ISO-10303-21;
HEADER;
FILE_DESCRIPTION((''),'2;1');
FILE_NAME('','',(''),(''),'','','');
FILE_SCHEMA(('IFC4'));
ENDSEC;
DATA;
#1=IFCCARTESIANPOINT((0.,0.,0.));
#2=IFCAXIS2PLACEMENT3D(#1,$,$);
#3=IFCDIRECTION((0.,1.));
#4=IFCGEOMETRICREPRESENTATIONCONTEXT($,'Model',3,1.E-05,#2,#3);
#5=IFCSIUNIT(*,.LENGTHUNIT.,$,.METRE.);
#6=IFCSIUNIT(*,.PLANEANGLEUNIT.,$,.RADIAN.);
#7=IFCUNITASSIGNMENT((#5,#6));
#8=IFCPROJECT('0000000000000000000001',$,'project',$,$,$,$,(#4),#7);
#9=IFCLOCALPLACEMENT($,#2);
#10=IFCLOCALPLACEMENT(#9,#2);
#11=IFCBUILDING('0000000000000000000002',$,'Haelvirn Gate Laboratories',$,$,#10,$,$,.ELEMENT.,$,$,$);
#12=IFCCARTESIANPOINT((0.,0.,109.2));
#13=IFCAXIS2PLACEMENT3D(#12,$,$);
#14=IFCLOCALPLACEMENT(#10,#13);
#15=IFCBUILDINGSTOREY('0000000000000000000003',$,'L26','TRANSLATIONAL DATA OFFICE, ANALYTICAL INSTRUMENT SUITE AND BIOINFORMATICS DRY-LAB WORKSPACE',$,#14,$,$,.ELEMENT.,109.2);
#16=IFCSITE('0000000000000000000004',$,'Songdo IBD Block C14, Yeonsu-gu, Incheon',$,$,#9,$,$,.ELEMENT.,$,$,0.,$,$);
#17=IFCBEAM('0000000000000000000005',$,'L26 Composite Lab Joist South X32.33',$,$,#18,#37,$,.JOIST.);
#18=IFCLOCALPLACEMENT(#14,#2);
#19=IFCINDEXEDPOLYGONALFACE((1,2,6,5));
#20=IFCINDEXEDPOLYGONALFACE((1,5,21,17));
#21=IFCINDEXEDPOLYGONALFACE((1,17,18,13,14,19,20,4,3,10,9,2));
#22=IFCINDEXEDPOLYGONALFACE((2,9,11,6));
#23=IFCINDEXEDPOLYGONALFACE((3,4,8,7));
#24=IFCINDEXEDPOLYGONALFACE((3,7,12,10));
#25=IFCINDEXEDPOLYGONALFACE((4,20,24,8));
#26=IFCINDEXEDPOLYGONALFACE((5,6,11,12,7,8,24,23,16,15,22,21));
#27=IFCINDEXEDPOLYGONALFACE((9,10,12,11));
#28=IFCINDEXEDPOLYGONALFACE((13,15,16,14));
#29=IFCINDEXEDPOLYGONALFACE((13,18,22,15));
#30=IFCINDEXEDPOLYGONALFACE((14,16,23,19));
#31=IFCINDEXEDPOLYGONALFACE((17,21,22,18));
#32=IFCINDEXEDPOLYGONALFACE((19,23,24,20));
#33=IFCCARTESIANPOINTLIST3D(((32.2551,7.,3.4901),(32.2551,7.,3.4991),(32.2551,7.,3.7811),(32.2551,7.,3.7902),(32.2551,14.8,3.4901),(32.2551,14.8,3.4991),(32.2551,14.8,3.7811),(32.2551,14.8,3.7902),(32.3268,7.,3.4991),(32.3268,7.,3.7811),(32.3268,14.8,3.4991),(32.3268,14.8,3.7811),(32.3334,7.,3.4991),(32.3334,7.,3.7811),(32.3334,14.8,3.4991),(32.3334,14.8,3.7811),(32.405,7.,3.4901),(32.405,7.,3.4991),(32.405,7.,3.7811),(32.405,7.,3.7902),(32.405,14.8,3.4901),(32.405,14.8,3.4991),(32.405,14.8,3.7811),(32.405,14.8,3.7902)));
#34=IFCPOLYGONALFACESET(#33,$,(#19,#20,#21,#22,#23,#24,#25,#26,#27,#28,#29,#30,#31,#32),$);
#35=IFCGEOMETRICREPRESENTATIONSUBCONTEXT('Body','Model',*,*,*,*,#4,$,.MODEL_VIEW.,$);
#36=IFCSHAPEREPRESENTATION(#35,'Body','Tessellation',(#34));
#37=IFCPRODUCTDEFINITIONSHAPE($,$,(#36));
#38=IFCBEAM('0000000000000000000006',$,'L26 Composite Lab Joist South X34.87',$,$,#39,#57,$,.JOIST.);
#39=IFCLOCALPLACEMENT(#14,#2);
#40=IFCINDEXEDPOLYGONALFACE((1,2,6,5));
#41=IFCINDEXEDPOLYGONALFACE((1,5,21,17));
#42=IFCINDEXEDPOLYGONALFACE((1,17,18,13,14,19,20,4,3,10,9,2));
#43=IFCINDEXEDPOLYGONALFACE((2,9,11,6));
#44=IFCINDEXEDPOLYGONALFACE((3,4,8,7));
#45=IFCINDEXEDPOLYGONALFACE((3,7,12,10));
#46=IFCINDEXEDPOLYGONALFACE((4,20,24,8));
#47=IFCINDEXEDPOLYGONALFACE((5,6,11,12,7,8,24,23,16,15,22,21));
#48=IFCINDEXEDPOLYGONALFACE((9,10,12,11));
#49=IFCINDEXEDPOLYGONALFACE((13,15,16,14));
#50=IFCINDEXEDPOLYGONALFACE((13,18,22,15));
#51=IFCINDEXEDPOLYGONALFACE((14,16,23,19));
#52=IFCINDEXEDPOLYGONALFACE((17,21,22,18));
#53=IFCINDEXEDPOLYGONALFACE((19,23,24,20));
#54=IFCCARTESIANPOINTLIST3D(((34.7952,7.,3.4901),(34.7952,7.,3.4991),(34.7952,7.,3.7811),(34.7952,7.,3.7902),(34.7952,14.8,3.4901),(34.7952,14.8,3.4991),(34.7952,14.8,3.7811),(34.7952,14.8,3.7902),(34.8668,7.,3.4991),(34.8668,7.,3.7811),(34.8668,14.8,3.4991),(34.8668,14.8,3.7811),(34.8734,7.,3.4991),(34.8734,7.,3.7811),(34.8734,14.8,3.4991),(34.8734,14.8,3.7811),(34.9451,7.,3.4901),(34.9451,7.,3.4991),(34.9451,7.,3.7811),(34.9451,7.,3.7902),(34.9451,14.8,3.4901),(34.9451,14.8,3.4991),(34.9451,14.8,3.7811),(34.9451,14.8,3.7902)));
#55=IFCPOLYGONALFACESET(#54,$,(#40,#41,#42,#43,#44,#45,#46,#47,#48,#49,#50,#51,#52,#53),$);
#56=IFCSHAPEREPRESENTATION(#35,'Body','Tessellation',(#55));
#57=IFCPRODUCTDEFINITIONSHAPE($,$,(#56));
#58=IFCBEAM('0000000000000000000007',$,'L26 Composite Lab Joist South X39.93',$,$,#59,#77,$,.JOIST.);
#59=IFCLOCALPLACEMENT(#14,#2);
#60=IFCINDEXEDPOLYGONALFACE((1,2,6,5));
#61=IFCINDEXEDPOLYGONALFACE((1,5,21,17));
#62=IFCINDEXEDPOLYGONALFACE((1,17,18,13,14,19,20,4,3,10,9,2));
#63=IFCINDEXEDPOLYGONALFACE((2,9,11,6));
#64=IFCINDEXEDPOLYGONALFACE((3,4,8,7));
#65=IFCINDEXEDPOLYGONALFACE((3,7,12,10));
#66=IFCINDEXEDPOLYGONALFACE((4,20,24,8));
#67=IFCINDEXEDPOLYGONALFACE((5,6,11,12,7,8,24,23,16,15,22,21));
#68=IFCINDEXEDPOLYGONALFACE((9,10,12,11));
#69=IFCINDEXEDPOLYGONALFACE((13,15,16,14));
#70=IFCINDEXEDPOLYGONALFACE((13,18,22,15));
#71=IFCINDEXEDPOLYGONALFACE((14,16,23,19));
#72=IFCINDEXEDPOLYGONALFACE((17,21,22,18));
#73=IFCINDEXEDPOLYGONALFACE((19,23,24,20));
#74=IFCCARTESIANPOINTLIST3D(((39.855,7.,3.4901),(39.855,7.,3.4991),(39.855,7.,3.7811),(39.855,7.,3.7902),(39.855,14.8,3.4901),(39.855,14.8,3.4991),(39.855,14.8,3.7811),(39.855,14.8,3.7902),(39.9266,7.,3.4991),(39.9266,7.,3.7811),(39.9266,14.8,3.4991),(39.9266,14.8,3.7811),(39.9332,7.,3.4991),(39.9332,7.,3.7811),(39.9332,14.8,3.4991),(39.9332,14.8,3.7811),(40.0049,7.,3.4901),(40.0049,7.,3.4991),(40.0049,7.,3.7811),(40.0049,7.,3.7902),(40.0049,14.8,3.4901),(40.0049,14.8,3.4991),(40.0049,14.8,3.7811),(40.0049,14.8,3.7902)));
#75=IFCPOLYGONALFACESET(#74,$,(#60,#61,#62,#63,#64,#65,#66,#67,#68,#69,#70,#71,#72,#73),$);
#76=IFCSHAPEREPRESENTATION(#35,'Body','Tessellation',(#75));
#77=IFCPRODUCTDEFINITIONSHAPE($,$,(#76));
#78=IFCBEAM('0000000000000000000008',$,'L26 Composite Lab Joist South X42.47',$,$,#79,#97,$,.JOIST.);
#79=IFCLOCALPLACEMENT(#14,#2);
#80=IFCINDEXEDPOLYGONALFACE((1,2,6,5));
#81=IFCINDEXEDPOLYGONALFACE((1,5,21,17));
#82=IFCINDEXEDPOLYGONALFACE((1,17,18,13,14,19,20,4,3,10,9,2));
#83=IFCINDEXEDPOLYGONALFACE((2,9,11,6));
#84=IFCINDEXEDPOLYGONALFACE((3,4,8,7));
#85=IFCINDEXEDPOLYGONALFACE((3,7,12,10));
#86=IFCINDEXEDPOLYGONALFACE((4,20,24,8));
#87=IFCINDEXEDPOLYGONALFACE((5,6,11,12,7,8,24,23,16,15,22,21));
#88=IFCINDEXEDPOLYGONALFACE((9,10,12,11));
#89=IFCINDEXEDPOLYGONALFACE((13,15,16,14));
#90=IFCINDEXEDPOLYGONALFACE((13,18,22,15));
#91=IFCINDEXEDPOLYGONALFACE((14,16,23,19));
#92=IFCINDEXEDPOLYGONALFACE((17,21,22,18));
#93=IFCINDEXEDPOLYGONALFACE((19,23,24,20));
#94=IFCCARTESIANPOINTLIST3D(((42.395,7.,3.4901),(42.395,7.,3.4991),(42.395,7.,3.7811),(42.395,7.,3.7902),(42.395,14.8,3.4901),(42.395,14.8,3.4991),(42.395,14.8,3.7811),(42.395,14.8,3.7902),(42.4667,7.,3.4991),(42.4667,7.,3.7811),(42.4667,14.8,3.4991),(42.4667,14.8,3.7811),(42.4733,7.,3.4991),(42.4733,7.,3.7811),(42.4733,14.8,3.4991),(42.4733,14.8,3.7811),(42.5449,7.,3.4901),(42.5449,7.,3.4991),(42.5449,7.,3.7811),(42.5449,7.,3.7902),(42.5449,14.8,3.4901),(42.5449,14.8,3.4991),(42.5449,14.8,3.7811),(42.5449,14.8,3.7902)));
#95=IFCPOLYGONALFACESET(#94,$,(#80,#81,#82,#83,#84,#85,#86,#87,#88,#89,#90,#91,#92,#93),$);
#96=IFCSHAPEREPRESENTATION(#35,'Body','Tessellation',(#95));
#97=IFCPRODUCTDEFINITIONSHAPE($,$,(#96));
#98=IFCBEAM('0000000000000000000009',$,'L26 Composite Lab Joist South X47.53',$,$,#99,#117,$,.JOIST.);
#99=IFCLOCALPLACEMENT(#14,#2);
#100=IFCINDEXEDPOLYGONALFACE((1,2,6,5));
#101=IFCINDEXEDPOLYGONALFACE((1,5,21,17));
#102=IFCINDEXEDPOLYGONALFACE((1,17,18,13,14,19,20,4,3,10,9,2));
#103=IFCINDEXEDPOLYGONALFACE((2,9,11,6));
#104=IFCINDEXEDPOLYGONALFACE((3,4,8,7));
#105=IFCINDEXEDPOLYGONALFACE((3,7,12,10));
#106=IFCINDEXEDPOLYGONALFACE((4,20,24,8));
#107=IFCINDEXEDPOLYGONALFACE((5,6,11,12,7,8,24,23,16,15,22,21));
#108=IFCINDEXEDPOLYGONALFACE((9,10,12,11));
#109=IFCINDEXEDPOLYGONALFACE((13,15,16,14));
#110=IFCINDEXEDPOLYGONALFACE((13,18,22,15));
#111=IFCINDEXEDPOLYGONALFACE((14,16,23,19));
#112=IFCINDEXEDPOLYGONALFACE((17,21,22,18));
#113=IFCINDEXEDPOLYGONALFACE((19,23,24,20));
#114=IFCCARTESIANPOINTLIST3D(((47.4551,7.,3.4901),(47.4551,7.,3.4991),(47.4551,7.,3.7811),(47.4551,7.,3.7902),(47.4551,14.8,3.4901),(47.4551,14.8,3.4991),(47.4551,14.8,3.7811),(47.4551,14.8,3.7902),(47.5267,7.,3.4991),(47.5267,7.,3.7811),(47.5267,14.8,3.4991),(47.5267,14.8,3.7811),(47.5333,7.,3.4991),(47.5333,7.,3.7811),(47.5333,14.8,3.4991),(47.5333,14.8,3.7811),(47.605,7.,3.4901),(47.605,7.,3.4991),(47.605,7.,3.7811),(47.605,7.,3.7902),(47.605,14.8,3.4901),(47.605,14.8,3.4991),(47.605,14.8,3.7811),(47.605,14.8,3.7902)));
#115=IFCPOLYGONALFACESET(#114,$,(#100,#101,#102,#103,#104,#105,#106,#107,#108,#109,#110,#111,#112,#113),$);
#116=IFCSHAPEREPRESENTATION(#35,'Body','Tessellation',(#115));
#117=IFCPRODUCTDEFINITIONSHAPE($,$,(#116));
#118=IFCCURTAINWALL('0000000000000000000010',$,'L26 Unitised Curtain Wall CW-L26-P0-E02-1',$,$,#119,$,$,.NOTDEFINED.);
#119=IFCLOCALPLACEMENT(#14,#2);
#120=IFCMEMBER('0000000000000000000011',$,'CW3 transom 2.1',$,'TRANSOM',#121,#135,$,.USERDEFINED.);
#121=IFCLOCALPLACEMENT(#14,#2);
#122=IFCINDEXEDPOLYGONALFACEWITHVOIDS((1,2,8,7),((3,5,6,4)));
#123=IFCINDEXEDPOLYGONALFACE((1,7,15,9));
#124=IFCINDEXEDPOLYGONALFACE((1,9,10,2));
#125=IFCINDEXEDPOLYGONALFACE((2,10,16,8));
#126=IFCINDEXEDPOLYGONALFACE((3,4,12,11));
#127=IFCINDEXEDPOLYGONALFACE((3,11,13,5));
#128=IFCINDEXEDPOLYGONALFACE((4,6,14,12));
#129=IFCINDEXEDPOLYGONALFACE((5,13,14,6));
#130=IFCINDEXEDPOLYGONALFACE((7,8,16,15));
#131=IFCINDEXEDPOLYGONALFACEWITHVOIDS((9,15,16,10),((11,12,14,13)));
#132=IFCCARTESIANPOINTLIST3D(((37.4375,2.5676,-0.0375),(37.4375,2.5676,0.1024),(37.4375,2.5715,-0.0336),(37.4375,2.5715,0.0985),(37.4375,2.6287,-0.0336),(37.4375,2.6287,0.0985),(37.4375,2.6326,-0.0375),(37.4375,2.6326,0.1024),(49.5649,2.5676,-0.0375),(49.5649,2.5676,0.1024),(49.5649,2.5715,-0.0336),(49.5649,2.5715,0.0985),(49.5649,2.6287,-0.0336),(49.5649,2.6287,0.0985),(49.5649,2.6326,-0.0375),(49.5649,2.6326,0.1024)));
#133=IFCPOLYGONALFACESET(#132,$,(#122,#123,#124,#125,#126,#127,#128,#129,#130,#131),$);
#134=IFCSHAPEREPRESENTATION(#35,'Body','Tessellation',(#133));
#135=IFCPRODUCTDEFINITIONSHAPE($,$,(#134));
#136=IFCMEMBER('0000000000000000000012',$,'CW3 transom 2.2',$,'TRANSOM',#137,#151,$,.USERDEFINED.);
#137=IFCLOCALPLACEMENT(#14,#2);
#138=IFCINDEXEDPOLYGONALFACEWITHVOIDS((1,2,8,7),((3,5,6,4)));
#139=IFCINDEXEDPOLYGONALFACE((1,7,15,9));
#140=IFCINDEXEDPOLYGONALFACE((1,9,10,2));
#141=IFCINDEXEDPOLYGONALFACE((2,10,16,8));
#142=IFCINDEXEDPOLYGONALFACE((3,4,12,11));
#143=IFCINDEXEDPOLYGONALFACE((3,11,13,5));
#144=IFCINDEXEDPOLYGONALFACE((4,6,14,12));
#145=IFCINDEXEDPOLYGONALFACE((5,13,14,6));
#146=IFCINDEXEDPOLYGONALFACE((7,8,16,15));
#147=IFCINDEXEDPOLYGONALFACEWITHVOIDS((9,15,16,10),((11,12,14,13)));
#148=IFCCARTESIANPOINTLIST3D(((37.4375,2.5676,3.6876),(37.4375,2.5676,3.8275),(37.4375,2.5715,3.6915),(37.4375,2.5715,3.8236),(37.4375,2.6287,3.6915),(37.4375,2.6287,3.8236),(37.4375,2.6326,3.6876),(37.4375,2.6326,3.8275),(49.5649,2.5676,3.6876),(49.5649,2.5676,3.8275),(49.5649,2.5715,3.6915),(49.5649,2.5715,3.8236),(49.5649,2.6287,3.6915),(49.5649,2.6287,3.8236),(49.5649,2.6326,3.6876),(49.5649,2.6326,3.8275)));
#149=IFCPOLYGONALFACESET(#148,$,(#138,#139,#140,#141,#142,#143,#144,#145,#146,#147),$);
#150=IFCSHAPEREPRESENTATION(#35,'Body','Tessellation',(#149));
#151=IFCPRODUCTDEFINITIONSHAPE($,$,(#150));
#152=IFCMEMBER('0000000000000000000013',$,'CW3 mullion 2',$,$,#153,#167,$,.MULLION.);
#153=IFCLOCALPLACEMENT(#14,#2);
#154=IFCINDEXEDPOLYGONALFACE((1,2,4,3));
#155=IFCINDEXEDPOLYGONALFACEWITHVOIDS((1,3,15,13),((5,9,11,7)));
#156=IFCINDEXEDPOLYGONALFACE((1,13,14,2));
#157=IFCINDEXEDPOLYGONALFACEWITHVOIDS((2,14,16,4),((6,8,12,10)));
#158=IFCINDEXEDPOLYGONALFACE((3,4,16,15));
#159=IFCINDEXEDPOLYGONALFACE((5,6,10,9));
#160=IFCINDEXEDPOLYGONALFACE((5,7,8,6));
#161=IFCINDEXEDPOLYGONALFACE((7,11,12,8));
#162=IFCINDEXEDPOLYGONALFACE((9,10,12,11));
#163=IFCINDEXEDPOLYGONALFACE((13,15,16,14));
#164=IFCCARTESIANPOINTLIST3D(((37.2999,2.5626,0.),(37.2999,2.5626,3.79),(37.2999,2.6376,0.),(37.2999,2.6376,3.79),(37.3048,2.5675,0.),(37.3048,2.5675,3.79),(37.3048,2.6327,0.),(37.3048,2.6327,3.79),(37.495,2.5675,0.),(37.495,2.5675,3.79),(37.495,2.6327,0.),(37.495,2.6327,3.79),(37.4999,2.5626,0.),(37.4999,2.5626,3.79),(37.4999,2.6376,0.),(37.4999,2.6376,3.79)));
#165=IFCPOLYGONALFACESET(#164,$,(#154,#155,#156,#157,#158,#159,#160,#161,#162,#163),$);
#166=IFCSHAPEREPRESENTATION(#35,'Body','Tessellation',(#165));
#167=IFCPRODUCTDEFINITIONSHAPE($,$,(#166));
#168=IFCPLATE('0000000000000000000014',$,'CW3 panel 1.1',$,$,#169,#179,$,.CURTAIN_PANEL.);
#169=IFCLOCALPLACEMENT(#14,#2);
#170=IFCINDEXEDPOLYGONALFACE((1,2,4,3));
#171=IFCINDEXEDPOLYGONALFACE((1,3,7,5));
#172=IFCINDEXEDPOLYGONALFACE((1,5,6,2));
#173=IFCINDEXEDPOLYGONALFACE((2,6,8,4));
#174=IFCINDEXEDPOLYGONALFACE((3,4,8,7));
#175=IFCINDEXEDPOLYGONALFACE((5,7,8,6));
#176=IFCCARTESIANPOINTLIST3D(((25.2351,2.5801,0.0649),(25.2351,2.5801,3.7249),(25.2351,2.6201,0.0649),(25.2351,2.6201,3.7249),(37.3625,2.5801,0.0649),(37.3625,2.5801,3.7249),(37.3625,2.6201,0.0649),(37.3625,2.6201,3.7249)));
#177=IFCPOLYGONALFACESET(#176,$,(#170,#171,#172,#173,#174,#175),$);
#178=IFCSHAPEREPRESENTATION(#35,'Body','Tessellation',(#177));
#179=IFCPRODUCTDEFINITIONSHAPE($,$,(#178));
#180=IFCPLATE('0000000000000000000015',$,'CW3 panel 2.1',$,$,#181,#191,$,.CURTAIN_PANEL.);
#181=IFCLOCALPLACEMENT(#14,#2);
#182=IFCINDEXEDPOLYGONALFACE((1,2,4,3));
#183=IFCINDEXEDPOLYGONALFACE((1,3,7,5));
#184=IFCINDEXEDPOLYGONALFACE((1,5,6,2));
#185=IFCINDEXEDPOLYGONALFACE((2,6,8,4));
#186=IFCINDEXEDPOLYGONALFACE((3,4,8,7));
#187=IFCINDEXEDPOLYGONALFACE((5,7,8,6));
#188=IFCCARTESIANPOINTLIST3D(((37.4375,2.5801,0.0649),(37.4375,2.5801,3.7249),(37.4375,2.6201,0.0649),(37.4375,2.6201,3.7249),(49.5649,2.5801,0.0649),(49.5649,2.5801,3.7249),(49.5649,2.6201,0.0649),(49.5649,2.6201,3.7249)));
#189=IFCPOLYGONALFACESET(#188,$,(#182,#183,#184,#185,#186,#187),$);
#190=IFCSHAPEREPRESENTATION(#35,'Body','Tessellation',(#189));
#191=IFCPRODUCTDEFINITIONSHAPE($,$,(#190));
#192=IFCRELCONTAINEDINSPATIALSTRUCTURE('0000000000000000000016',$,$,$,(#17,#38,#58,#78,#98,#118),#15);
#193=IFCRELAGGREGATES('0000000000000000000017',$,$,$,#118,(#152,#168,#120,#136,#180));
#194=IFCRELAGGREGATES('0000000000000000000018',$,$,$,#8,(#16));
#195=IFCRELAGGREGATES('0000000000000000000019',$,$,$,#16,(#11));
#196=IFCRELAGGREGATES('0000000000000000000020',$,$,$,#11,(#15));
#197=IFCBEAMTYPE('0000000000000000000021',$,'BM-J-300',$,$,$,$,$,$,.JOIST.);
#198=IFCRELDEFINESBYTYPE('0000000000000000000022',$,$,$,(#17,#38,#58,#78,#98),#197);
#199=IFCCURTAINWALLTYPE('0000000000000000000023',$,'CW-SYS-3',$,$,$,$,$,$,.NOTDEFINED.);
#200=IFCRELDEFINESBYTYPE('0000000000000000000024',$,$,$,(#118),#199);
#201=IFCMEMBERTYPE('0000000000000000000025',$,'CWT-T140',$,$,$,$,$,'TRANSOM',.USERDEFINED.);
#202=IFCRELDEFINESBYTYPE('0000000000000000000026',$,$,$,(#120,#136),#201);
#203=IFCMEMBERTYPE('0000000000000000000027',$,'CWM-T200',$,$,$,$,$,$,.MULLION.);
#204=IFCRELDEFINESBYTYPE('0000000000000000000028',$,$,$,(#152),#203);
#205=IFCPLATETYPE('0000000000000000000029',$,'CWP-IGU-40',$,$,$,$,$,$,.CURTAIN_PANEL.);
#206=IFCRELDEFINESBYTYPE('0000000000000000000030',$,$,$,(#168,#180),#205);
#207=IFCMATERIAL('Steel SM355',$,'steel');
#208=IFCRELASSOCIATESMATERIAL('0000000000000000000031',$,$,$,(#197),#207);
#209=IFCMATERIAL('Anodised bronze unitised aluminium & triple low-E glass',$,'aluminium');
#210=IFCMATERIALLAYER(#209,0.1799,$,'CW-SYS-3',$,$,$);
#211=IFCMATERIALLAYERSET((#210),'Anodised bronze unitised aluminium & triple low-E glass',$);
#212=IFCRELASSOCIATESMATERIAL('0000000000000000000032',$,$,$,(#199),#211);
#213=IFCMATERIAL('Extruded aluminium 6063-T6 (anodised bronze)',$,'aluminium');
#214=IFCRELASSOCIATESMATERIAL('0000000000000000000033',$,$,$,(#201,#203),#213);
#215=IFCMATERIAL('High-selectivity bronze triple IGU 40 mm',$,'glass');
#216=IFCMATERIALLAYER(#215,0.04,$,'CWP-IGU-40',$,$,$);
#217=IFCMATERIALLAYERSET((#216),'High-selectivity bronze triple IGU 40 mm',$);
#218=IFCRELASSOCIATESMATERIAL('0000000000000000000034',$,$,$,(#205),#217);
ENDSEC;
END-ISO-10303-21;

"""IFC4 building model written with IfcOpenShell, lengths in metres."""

from ifc_helpers import new_model, si_unit, direction, frame, origin, origin_2d, place, context, subcontext, project, spatial, rectangle, hollow_rectangle, i_section, extrude, source, transform, mapped, material, layer, layer_set, material_profile, profile_set, type_object, type_shapes, element, aggregate, save


model = new_model("IFC4")

# Units and contexts
model_context = context("Model", 3, precision=1e-05, world=origin(), true_north=direction((0.0, 1.0)))
body_context = subcontext(model_context, "Body", "Model", "MODEL_VIEW")
ifc_project = project(units=[si_unit("LENGTHUNIT", "METRE"), si_unit("PLANEANGLEUNIT", "RADIAN")], contexts=[model_context])

# Site, building, storey
site_placement = place(None, origin())
site = spatial("IfcSite", under=ifc_project, at=site_placement, Name="Songdo IBD Block C14, Yeonsu-gu, Incheon", CompositionType="ELEMENT", RefElevation=0.0)
building_placement = place(site_placement, origin())
building = spatial("IfcBuilding", under=site, at=building_placement, Name="Haelvirn Gate Laboratories", CompositionType="ELEMENT")
storey_placement = place(building_placement, frame((0.0, 0.0, 109.2)))
storey = spatial("IfcBuildingStorey", under=building, at=storey_placement, Name="L26", Description="TRANSLATIONAL DATA OFFICE, ANALYTICAL INSTRUMENT SUITE AND BIOINFORMATICS DRY-LAB WORKSPACE", CompositionType="ELEMENT", Elevation=109.2)

# Shared definitions
ifc_material_1 = material(Name="Steel SM355", Category="steel")

# Beams
ifc_material_profile_1 = material_profile(ifc_material_1, i_section(OverallWidth=0.1499, OverallDepth=0.3, WebThickness=0.0066, FlangeThickness=0.009, at=origin_2d()), Name="H-300x150x6.5x9")
ifc_profile_set_1 = profile_set([ifc_material_profile_1], Name="Steel SM355")
beam_type_1 = type_object("IfcBeamType", Name="BM-J-300", PredefinedType="JOIST", material=ifc_profile_set_1)
shared_shape_1 = source(origin(), body_context, "Body", "SweptSolid", [
    extrude(i_section(OverallWidth=0.1499, OverallDepth=0.3, WebThickness=0.0066, FlangeThickness=0.009, at=origin_2d()), origin(), (0.0, 0.0, 1.0), 7.8),
])
type_shapes(beam_type_1, [shared_shape_1])
for number, where, z_axis, x_axis, name in (
    (1, (32.3301, 7.0, 3.6401), (0.0, 1.0, 0.0), (-1.0, 0.0, 0.0), "L26 Composite Lab Joist South X32.33"),
    (2, (34.8701, 7.0, 3.6401), (0.0, 1.0, 0.0), (-1.0, 0.0, 0.0), "L26 Composite Lab Joist South X34.87"),
    (3, (39.9299, 7.0, 3.6401), (0.0, 1.0, 0.0), (-1.0, 0.0, 0.0), "L26 Composite Lab Joist South X39.93"),
    (4, (42.47, 7.0, 3.6401), (0.0, 1.0, 0.0), (-1.0, 0.0, 0.0), "L26 Composite Lab Joist South X42.47"),
    (5, (47.53, 7.0, 3.6401), (0.0, 1.0, 0.0), (-1.0, 0.0, 0.0), "L26 Composite Lab Joist South X47.53"),
):
    element("IfcBeam", number, at=place(storey_placement, frame(where, z_axis=z_axis, x_axis=x_axis)), inside=storey, type_object=beam_type_1, Name=name, PredefinedType="JOIST", context=body_context, shape_type="MappedRepresentation", body=[
        mapped(shared_shape_1, transform((0.0, 0.0, 0.0), scale=1.0)),
    ])

# Curtain wall, members, plates
ifc_material_2 = material(Name="Anodised bronze unitised aluminium & triple low-E glass", Category="aluminium")
ifc_layer_1 = layer(ifc_material_2, 0.1799, Name="CW-SYS-3")
ifc_layer_set_1 = layer_set([ifc_layer_1], Name="Anodised bronze unitised aluminium & triple low-E glass")
curtain_wall_type = type_object("IfcCurtainWallType", Name="CW-SYS-3", PredefinedType="NOTDEFINED", material=ifc_layer_set_1)
curtain_wall_placement = place(storey_placement, origin())
curtain_wall = element("IfcCurtainWall", 6, at=curtain_wall_placement, inside=storey, type_object=curtain_wall_type, Name="L26 Unitised Curtain Wall CW-L26-P0-E02-1", PredefinedType="NOTDEFINED")
ifc_material_3 = material(Name="Extruded aluminium 6063-T6 (anodised bronze)", Category="aluminium")
ifc_material_profile_2 = material_profile(ifc_material_3, hollow_rectangle(XDim=0.0649, YDim=0.1399, WallThickness=0.0039, at=origin_2d()), Name="CWT-140x65x4")
ifc_profile_set_2 = profile_set([ifc_material_profile_2], Name="Extruded aluminium 6063-T6 (anodised bronze)")
member_type_1 = type_object("IfcMemberType", Name="CWT-T140", ElementType="TRANSOM", PredefinedType="USERDEFINED", material=ifc_profile_set_2)
shared_shape_2 = source(origin(), body_context, "Body", "SweptSolid", [
    extrude(hollow_rectangle(XDim=0.0649, YDim=0.1399, WallThickness=0.0039, at=origin_2d()), origin(), (0.0, 0.0, 1.0), 12.1274),
])
type_shapes(member_type_1, [shared_shape_2])
member_1_placement = place(storey_placement, frame((37.4375, 2.6001, 0.0325), z_axis=(1.0, 0.0, 0.0), x_axis=(0.0, 1.0, 0.0)))
member_1 = element("IfcMember", 7, at=member_1_placement, type_object=member_type_1, Name="CW3 transom 2.1", ObjectType="TRANSOM", PredefinedType="USERDEFINED", context=body_context, shape_type="MappedRepresentation", body=[
    mapped(shared_shape_2, transform((0.0, 0.0, 0.0), scale=1.0)),
])
member_2_placement = place(storey_placement, frame((37.4375, 2.6001, 3.7576), z_axis=(1.0, 0.0, 0.0), x_axis=(0.0, 1.0, 0.0)))
member_2 = element("IfcMember", 8, at=member_2_placement, type_object=member_type_1, Name="CW3 transom 2.2", ObjectType="TRANSOM", PredefinedType="USERDEFINED", context=body_context, shape_type="MappedRepresentation", body=[
    mapped(shared_shape_2, transform((0.0, 0.0, 0.0), scale=1.0)),
])
ifc_material_profile_3 = material_profile(ifc_material_3, hollow_rectangle(XDim=0.075, YDim=0.2, WallThickness=0.0049, at=origin_2d()), Name="CWM-200x75x5")
ifc_profile_set_3 = profile_set([ifc_material_profile_3], Name="Extruded aluminium 6063-T6 (anodised bronze)")
member_type_2 = type_object("IfcMemberType", Name="CWM-T200", PredefinedType="MULLION", material=ifc_profile_set_3)
shared_shape_3 = source(origin(), body_context, "Body", "SweptSolid", [
    extrude(hollow_rectangle(XDim=0.075, YDim=0.2, WallThickness=0.0049, at=origin_2d()), origin(), (0.0, 0.0, 1.0), 3.79),
])
type_shapes(member_type_2, [shared_shape_3])
member_3_placement = place(storey_placement, frame((37.3999, 2.6001, 0.0), z_axis=(0.0, 0.0, 1.0), x_axis=(0.0, 1.0, 0.0)))
member_3 = element("IfcMember", 9, at=member_3_placement, type_object=member_type_2, Name="CW3 mullion 2", PredefinedType="MULLION", context=body_context, shape_type="MappedRepresentation", body=[
    mapped(shared_shape_3, transform((0.0, 0.0, 0.0), scale=1.0)),
])
ifc_material_4 = material(Name="High-selectivity bronze triple IGU 40 mm", Category="glass")
ifc_layer_2 = layer(ifc_material_4, 0.04, Name="CWP-IGU-40")
ifc_layer_set_2 = layer_set([ifc_layer_2], Name="High-selectivity bronze triple IGU 40 mm")
plate_type = type_object("IfcPlateType", Name="CWP-IGU-40", PredefinedType="CURTAIN_PANEL", material=ifc_layer_set_2)
shared_shape_4 = source(origin(), body_context, "Body", "SweptSolid", [
    extrude(rectangle(XDim=12.1274, YDim=0.04, at=origin_2d()), origin(), (0.0, 0.0, 1.0), 3.6599),
])
type_shapes(plate_type, [shared_shape_4])
plate_1_placement = place(storey_placement, frame((31.2988, 2.6001, 0.0649), z_axis=(0.0, 0.0, 1.0), x_axis=(1.0, 0.0, 0.0)))
plate_1 = element("IfcPlate", 10, at=plate_1_placement, type_object=plate_type, Name="CW3 panel 1.1", PredefinedType="CURTAIN_PANEL", context=body_context, shape_type="MappedRepresentation", body=[
    mapped(shared_shape_4, transform((0.0, 0.0, 0.0), scale=1.0)),
])
plate_2_placement = place(storey_placement, frame((43.5012, 2.6001, 0.0649), z_axis=(0.0, 0.0, 1.0), x_axis=(1.0, 0.0, 0.0)))
plate_2 = element("IfcPlate", 11, at=plate_2_placement, type_object=plate_type, Name="CW3 panel 2.1", PredefinedType="CURTAIN_PANEL", context=body_context, shape_type="MappedRepresentation", body=[
    mapped(shared_shape_4, transform((0.0, 0.0, 0.0), scale=1.0)),
])
aggregate(curtain_wall, [member_3, plate_1, member_1, member_2, plate_2])

save(model, "model.ifc")
